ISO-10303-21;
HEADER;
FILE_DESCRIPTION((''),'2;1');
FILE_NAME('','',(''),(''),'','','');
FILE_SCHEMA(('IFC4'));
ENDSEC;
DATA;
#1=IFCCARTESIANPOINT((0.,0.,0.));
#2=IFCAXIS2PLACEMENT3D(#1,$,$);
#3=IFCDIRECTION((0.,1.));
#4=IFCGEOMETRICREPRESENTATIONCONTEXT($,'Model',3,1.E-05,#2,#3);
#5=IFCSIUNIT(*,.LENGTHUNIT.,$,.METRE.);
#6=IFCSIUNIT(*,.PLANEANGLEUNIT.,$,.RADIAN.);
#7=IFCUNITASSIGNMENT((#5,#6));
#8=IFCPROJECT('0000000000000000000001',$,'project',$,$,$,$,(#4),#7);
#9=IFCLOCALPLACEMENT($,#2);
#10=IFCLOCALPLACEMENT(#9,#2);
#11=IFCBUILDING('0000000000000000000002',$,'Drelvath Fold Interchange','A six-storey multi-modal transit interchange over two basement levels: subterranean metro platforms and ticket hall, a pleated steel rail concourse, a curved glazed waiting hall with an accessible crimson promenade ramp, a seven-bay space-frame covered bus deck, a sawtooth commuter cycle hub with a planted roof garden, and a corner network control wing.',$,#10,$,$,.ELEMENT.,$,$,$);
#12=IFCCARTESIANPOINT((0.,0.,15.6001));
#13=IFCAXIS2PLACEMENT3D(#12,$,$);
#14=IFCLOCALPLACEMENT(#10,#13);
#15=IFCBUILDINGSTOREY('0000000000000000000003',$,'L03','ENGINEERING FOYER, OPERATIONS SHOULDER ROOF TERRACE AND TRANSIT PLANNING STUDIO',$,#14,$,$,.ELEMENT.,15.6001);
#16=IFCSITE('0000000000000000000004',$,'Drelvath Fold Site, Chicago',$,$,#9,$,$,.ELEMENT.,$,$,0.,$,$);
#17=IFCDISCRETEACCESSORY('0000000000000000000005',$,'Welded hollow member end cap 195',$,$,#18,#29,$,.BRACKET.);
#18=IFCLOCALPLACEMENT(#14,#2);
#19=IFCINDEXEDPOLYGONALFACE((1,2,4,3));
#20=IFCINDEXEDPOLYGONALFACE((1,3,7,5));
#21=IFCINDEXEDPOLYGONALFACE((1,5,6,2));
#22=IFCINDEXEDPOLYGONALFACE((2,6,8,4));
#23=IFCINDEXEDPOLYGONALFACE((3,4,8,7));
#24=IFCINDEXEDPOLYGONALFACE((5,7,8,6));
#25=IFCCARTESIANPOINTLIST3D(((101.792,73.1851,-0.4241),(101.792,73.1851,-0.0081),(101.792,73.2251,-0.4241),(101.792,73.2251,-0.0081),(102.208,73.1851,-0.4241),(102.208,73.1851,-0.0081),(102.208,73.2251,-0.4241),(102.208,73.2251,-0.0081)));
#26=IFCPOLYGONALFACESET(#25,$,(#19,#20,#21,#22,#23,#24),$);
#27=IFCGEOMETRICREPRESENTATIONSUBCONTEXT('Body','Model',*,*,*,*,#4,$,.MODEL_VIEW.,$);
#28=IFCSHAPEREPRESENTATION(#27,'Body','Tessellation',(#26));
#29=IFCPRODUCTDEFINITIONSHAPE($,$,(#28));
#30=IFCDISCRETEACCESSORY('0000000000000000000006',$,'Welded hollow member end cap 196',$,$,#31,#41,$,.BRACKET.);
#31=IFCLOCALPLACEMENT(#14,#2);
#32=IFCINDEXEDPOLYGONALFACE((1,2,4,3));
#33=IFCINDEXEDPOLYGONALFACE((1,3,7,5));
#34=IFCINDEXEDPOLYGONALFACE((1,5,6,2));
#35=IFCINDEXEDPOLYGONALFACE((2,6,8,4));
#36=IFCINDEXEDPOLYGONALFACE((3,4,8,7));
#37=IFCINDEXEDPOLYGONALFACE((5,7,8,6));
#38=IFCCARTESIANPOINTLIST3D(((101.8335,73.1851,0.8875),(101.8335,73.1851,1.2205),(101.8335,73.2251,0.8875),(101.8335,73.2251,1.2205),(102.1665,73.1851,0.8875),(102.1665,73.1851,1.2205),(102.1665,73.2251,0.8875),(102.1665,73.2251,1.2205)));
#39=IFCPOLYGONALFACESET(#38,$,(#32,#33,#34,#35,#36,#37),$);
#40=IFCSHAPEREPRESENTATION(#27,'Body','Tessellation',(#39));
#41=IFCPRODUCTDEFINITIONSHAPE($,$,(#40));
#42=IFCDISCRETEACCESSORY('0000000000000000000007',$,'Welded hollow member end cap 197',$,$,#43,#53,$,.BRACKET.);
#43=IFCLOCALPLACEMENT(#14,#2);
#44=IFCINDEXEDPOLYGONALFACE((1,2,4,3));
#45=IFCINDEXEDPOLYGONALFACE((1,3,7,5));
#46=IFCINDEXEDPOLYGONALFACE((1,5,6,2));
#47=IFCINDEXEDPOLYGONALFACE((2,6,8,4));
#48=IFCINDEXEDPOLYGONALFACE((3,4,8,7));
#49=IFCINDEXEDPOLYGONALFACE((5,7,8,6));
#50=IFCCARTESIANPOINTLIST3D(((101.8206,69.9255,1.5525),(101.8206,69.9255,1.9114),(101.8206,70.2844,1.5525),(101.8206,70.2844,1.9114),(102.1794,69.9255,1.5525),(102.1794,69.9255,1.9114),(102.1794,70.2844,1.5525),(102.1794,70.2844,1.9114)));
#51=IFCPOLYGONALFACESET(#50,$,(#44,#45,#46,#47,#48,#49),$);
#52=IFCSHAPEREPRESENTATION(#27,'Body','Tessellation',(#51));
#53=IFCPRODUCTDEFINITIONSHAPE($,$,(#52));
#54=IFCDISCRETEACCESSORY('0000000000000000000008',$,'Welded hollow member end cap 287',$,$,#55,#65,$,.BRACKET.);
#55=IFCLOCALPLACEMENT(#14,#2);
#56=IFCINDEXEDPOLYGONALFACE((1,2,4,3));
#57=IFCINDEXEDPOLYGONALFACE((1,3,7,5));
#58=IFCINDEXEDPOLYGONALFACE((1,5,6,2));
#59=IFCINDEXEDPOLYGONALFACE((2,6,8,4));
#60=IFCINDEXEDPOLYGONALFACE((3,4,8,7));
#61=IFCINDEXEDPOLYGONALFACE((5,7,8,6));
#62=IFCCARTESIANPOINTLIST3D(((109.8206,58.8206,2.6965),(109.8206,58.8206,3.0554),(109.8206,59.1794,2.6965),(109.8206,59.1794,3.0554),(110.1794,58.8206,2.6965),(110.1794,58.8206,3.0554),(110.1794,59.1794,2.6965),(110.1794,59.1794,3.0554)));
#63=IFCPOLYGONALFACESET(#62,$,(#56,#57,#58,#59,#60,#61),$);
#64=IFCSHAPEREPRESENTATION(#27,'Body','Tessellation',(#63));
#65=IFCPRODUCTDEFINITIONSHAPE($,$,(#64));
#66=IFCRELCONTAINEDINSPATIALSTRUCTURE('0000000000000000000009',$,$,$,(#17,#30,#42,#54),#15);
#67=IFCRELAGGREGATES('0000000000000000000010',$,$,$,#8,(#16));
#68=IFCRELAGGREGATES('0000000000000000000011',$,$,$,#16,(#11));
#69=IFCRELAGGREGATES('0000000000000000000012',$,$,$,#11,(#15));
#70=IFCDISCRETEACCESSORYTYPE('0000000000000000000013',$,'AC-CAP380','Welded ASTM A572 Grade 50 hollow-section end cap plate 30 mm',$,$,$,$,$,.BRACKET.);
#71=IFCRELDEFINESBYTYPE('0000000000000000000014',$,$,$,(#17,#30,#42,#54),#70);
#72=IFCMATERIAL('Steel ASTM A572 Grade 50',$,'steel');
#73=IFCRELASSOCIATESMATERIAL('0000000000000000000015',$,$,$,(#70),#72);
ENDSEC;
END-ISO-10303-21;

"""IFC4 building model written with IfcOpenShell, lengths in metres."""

from ifc_helpers import new_model, si_unit, direction, frame, origin, origin_2d, place, context, subcontext, project, spatial, rectangle, extrude, material, type_object, element, save


model = new_model("IFC4")

# Units and contexts
model_context = context("Model", 3, precision=1e-05, world=origin(), true_north=direction((0.0, 1.0)))
body_context = subcontext(model_context, "Body", "Model", "MODEL_VIEW")
ifc_project = project(units=[si_unit("LENGTHUNIT", "METRE"), si_unit("PLANEANGLEUNIT", "RADIAN")], contexts=[model_context])

# Site, building, storey
site_placement = place(None, origin())
site = spatial("IfcSite", under=ifc_project, at=site_placement, Name="Drelvath Fold Site, Chicago", CompositionType="ELEMENT", RefElevation=0.0)
building_placement = place(site_placement, origin())
building = spatial("IfcBuilding", under=site, at=building_placement, Name="Drelvath Fold Interchange", Description="A six-storey multi-modal transit interchange over two basement levels: subterranean metro platforms and ticket hall, a pleated steel rail concourse, a curved glazed waiting hall with an accessible crimson promenade ramp, a seven-bay space-frame covered bus deck, a sawtooth commuter cycle hub with a planted roof garden, and a corner network control wing.", CompositionType="ELEMENT")
storey_placement = place(building_placement, frame((0.0, 0.0, 15.6001)))
storey = spatial("IfcBuildingStorey", under=building, at=storey_placement, Name="L03", Description="ENGINEERING FOYER, OPERATIONS SHOULDER ROOF TERRACE AND TRANSIT PLANNING STUDIO", CompositionType="ELEMENT", Elevation=15.6001)

# Shared definitions
ifc_material_1 = material(Name="Steel ASTM A572 Grade 50", Category="steel")

# Discrete accessories
discrete_accessory_type = type_object("IfcDiscreteAccessoryType", Name="AC-CAP380", Description="Welded ASTM A572 Grade 50 hollow-section end cap plate 30 mm", PredefinedType="BRACKET", material=ifc_material_1)
discrete_accessory_1_placement = place(storey_placement, frame((102.0, 73.2051, -0.4241), z_axis=(0.0, 0.0, 1.0), x_axis=(1.0, 0.0, 0.0)))
element("IfcDiscreteAccessory", 1, at=discrete_accessory_1_placement, inside=storey, type_object=discrete_accessory_type, Name="Welded hollow member end cap 195", PredefinedType="BRACKET", context=body_context, shape_type="SweptSolid", body=[
    extrude(rectangle(XDim=0.416, YDim=0.04, at=origin_2d()), origin(), (0.0, 0.0, 1.0), 0.416),
])
discrete_accessory_2_placement = place(storey_placement, frame((102.0, 73.2051, 0.8875), z_axis=(0.0, 0.0, 1.0), x_axis=(1.0, 0.0, 0.0)))
element("IfcDiscreteAccessory", 2, at=discrete_accessory_2_placement, inside=storey, type_object=discrete_accessory_type, Name="Welded hollow member end cap 196", PredefinedType="BRACKET", context=body_context, shape_type="SweptSolid", body=[
    extrude(rectangle(XDim=0.333, YDim=0.04, at=origin_2d()), origin(), (0.0, 0.0, 1.0), 0.333),
])
for number, where, z_axis, x_axis, name in (
    (3, (102.0, 70.105, 1.5525), (0.0, 0.0, 1.0), (1.0, 0.0, 0.0), "Welded hollow member end cap 197"),
    (4, (110.0, 59.0, 2.6965), (0.0, 0.0, 1.0), (1.0, 0.0, 0.0), "Welded hollow member end cap 287"),
):
    element("IfcDiscreteAccessory", number, at=place(storey_placement, frame(where, z_axis=z_axis, x_axis=x_axis)), inside=storey, type_object=discrete_accessory_type, Name=name, PredefinedType="BRACKET", context=body_context, shape_type="SweptSolid", body=[
        extrude(rectangle(XDim=0.3589, YDim=0.3589, at=origin_2d()), origin(), (0.0, 0.0, 1.0), 0.3589),
    ])

save(model, "model.ifc")
